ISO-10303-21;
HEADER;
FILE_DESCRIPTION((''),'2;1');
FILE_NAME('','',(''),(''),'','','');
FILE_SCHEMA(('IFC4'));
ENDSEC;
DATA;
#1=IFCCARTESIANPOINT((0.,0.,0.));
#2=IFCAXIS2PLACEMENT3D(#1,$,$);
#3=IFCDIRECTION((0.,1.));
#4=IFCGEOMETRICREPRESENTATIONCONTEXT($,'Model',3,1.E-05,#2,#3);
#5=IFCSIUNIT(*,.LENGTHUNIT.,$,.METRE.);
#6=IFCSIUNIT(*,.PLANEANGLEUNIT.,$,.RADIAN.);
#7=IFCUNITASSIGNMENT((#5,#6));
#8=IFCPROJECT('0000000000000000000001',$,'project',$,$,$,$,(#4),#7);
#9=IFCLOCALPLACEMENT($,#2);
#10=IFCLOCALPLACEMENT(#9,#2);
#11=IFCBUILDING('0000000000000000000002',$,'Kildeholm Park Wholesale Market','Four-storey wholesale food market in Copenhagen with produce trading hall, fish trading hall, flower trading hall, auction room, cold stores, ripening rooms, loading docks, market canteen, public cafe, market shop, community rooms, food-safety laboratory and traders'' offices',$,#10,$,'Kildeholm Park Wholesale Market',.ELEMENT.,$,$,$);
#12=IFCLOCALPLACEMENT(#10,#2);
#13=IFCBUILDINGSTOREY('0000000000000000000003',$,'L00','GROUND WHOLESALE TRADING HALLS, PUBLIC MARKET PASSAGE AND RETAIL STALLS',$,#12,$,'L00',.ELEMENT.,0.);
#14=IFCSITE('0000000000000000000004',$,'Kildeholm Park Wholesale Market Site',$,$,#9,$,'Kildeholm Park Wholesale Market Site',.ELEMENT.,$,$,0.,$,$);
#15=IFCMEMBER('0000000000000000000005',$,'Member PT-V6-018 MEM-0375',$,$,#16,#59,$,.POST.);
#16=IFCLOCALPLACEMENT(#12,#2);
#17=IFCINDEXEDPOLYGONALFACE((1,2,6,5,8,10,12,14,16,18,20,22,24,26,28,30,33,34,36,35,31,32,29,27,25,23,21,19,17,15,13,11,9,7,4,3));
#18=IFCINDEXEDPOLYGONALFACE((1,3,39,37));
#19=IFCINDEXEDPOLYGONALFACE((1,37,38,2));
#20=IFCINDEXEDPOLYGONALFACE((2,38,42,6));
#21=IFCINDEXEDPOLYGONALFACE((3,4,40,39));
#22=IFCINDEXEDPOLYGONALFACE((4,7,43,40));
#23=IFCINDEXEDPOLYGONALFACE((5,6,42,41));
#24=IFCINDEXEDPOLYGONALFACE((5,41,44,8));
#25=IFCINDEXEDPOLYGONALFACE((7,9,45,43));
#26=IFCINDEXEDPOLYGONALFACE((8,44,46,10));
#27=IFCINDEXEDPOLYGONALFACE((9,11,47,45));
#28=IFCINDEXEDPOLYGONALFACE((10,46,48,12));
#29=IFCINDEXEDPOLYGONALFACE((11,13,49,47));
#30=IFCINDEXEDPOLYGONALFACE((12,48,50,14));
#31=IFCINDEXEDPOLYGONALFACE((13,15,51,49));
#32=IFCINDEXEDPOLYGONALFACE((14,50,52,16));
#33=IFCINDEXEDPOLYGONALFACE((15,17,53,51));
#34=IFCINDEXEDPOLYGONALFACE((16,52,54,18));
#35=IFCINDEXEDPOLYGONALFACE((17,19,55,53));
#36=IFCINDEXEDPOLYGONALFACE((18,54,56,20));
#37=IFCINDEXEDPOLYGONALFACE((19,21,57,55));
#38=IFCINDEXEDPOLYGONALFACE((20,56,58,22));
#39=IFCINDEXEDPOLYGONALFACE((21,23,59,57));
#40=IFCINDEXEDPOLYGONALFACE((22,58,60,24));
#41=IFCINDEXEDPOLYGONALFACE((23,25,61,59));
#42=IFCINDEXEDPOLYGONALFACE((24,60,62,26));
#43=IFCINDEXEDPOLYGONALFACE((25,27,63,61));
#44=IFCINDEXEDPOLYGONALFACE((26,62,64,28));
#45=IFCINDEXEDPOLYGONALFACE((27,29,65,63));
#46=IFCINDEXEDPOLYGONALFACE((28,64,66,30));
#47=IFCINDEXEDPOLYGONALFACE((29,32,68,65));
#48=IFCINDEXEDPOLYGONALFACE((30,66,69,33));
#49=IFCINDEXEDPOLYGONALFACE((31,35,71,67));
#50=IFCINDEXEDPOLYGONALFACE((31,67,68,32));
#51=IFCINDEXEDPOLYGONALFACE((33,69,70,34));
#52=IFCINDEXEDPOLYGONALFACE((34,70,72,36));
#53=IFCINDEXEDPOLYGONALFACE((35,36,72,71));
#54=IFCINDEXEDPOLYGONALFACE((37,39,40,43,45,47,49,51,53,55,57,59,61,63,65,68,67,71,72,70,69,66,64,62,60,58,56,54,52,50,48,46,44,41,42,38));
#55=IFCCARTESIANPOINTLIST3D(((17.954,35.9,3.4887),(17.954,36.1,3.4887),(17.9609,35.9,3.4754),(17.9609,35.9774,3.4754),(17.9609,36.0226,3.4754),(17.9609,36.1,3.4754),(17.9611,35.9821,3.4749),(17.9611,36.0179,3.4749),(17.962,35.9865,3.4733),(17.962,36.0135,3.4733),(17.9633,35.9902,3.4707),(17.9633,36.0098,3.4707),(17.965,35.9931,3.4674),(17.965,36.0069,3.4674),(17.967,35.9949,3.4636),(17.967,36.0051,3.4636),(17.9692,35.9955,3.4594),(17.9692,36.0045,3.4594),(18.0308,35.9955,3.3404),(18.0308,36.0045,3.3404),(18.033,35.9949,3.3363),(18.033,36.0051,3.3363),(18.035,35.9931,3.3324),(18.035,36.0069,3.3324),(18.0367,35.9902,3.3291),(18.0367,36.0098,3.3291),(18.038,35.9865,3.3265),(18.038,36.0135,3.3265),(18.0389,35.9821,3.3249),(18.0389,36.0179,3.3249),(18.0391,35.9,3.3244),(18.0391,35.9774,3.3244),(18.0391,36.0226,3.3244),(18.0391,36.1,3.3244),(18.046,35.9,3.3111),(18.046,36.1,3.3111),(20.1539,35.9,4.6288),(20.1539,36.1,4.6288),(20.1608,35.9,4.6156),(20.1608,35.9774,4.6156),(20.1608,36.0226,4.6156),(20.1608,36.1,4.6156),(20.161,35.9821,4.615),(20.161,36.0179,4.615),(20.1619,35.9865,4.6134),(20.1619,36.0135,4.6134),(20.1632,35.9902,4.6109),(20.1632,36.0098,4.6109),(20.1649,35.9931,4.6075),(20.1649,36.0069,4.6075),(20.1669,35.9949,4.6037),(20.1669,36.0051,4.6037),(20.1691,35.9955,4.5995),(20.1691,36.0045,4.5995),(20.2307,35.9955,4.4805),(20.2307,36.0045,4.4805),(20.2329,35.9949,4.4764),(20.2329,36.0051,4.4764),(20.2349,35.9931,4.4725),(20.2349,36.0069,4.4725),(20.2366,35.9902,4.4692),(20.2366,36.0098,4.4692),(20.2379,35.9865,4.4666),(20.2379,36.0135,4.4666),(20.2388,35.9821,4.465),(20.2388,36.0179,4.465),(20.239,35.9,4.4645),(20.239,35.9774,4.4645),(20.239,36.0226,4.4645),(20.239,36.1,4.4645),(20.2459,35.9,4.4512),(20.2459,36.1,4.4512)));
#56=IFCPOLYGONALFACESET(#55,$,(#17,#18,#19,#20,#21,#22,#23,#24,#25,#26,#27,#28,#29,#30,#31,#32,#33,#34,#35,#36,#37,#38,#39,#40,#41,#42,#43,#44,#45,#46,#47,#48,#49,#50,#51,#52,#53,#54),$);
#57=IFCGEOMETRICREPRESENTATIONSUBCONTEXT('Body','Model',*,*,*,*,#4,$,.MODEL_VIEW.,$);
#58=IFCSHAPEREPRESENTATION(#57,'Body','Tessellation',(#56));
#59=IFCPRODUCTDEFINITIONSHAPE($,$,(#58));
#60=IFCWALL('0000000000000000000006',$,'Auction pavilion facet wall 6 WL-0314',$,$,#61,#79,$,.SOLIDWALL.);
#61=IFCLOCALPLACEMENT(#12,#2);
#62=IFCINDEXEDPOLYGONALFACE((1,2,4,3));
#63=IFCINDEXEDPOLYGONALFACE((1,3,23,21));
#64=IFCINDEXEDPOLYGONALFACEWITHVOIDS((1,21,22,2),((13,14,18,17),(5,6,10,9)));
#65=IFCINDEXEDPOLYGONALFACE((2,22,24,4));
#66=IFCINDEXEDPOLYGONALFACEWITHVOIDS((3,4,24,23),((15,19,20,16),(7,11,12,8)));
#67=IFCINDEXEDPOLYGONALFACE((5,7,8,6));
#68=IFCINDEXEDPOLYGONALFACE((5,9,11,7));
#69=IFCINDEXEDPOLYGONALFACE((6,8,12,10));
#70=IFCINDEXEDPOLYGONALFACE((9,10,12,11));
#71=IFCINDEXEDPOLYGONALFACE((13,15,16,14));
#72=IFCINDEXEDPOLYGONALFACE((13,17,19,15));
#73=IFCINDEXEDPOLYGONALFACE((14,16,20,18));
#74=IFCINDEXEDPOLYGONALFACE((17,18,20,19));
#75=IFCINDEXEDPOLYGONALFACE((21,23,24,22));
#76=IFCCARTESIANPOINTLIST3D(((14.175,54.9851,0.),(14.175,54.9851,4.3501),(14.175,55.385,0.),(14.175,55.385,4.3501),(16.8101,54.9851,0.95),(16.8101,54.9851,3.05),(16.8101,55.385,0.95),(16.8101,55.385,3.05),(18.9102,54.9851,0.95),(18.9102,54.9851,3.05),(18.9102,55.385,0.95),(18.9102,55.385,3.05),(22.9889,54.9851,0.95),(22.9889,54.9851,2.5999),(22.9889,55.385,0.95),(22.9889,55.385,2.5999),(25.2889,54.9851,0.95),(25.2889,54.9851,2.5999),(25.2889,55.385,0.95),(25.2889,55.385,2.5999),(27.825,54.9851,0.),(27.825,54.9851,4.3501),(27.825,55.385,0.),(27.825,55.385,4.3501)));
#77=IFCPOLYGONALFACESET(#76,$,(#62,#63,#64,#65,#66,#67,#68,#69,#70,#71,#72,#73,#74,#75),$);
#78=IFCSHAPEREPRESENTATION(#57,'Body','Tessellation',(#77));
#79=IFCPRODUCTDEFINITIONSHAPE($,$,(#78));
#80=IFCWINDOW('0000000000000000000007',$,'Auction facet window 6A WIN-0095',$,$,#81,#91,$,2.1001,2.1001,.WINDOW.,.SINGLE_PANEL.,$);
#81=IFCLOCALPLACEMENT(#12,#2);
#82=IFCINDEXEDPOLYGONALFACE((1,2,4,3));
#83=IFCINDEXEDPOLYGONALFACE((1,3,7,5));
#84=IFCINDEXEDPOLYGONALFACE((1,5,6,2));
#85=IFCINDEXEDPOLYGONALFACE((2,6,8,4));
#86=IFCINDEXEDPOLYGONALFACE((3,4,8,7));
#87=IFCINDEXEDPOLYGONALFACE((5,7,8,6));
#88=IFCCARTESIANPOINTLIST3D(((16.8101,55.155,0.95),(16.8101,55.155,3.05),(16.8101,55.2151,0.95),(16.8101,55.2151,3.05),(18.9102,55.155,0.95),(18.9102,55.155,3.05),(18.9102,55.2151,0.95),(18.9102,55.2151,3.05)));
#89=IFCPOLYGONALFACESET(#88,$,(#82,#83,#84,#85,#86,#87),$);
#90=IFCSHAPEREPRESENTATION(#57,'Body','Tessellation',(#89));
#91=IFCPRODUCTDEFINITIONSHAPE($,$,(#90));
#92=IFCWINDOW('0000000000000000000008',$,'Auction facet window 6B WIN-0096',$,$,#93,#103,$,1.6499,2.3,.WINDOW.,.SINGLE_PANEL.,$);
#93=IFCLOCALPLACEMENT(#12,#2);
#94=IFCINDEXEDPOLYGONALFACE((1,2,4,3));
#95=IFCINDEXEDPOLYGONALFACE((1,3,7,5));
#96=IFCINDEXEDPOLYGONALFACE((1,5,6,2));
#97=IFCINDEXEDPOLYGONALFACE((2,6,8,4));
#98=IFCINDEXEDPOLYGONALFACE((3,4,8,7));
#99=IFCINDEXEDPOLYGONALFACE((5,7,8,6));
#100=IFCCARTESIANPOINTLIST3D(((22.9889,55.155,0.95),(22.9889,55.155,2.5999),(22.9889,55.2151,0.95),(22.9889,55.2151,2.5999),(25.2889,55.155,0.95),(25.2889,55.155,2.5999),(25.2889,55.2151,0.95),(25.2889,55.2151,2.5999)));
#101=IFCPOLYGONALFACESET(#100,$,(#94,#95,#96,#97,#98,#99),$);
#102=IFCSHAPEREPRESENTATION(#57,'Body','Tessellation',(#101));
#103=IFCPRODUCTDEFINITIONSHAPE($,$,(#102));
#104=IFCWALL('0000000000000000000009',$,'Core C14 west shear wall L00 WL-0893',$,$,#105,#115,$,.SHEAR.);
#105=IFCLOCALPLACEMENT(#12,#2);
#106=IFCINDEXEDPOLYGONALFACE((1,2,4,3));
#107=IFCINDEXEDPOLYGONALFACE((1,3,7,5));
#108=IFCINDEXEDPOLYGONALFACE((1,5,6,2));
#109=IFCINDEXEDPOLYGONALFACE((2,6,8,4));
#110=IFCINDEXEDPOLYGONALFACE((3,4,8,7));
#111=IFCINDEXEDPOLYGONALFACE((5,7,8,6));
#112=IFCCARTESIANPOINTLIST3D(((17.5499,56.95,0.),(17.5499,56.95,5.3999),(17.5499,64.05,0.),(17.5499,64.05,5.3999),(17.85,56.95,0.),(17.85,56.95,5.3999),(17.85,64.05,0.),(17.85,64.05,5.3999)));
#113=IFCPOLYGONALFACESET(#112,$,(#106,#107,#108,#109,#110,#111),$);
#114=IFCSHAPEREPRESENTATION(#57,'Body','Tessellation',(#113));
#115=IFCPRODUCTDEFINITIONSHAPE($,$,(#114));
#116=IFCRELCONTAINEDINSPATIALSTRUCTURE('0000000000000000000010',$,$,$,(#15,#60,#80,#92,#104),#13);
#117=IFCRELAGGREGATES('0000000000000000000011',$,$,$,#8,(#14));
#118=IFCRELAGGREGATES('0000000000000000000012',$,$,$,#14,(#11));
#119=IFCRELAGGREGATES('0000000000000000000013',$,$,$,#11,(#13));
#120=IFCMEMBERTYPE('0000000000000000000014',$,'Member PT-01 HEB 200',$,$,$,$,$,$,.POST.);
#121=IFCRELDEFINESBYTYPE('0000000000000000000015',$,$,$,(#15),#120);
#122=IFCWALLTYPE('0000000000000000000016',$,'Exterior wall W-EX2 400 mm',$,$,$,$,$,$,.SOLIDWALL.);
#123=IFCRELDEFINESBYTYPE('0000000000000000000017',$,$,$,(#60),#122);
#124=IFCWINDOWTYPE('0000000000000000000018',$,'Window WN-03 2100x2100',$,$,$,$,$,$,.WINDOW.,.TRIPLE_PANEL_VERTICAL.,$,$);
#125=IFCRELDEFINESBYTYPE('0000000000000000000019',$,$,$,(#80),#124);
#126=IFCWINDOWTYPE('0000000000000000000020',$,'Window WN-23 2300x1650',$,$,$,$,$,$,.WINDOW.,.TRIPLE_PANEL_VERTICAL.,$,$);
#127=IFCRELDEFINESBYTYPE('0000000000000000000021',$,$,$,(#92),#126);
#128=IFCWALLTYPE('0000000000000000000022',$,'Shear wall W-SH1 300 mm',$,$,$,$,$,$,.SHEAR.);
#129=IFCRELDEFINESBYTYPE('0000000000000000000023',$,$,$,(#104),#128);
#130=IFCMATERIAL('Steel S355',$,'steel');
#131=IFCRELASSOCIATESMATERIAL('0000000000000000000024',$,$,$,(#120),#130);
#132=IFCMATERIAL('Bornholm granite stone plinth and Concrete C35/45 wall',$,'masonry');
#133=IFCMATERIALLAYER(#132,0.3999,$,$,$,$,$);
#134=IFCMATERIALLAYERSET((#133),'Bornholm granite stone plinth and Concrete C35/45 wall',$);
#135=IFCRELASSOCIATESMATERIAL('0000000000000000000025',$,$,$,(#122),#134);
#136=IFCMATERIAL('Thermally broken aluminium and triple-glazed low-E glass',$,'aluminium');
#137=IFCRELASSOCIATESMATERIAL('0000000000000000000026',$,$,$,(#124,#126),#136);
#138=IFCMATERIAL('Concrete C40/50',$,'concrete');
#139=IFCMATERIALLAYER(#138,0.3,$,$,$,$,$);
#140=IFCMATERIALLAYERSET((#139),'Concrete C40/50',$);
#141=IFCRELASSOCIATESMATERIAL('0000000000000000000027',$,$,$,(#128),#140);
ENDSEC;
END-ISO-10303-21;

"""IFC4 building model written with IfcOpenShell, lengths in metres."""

from ifc_helpers import new_model, si_unit, direction, frame, frame_2d, origin, origin_2d, place, context, subcontext, project, spatial, rectangle, i_section, extrude, material, layer, layer_set, material_profile, profile_set, type_object, element, fill, save


model = new_model("IFC4")

# Units and contexts
model_context = context("Model", 3, precision=1e-05, world=origin(), true_north=direction((0.0, 1.0)))
body_context = subcontext(model_context, "Body", "Model", "MODEL_VIEW")
ifc_project = project(units=[si_unit("LENGTHUNIT", "METRE"), si_unit("PLANEANGLEUNIT", "RADIAN")], contexts=[model_context])

# Site, building, storey
site_placement = place(None, origin())
site = spatial("IfcSite", under=ifc_project, at=site_placement, Name="Kildeholm Park Wholesale Market Site", LongName="Kildeholm Park Wholesale Market Site", CompositionType="ELEMENT", RefElevation=0.0)
building_placement = place(site_placement, origin())
building = spatial("IfcBuilding", under=site, at=building_placement, Name="Kildeholm Park Wholesale Market", Description="Four-storey wholesale food market in Copenhagen with produce trading hall, fish trading hall, flower trading hall, auction room, cold stores, ripening rooms, loading docks, market canteen, public cafe, market shop, community rooms, food-safety laboratory and traders' offices", LongName="Kildeholm Park Wholesale Market", CompositionType="ELEMENT")
storey_placement = place(building_placement, origin())
storey = spatial("IfcBuildingStorey", under=building, at=storey_placement, Name="L00", Description="GROUND WHOLESALE TRADING HALLS, PUBLIC MARKET PASSAGE AND RETAIL STALLS", LongName="L00", CompositionType="ELEMENT", Elevation=0.0)

# Shared definitions
ifc_material_1 = material(Name="Steel S355", Category="steel")

# Member
ifc_material_profile_1 = material_profile(ifc_material_1, i_section(OverallWidth=0.2, OverallDepth=0.2, WebThickness=0.009, FlangeThickness=0.0149, FilletRadius=0.0181, at=origin_2d()), Name="HEB 200")
ifc_profile_set_1 = profile_set([ifc_material_profile_1], Name="Steel S355")
member_type = type_object("IfcMemberType", Name="Member PT-01 HEB 200", PredefinedType="POST", material=ifc_profile_set_1)
member_placement = place(storey_placement, frame((18.0, 36.0, 3.3999), z_axis=(0.88785, 0.0, 0.460133), x_axis=(0.0, 1.0, 0.0)))
element("IfcMember", 1, at=member_placement, inside=storey, type_object=member_type, Name="Member PT-V6-018 MEM-0375", PredefinedType="POST", context=body_context, shape_type="SweptSolid", body=[
    extrude(i_section(OverallWidth=0.2, OverallDepth=0.2, WebThickness=0.009, FlangeThickness=0.0149, FilletRadius=0.0181, at=origin_2d()), origin(), (0.0, 0.0, 1.0), 2.4778),
])

# Wall, openings, windows
ifc_material_2 = material(Name="Bornholm granite stone plinth and Concrete C35/45 wall", Category="masonry")
ifc_layer_1 = layer(ifc_material_2, 0.3999)
ifc_layer_set_1 = layer_set([ifc_layer_1], Name="Bornholm granite stone plinth and Concrete C35/45 wall")
wall_type_1 = type_object("IfcWallType", Name="Exterior wall W-EX2 400 mm", PredefinedType="SOLIDWALL", material=ifc_layer_set_1)
wall_1_placement = place(storey_placement, frame((14.175, 55.1851, 0.0), z_axis=(0.0, 0.0, 1.0), x_axis=(1.0, 0.0, 0.0)))
wall_1 = element("IfcWall", 2, at=wall_1_placement, inside=storey, type_object=wall_type_1, Name="Auction pavilion facet wall 6 WL-0314", PredefinedType="SOLIDWALL", context=body_context, shape_type="SweptSolid", body=[
    extrude(rectangle(XDim=13.6499, YDim=0.3999, at=frame_2d((6.825, 0.0))), origin(), (0.0, 0.0, 1.0), 4.3501),
])
opening_1_placement = place(wall_1_placement, frame((2.635, 0.0, 0.95)))
opening_1 = element("IfcOpeningElement", 3, at=opening_1_placement, cuts=wall_1, PredefinedType="OPENING", context=body_context, shape_type="SweptSolid", body=[
    extrude(rectangle(XDim=2.1001, YDim=2.1001, at=frame_2d((1.05, 1.05))), frame((0.0, 0.21, 0.0), z_axis=(0.0, -1.0, 0.0), x_axis=(1.0, 0.0, 0.0)), (0.0, 0.0, 1.0), 0.4199),
])
opening_2_placement = place(wall_1_placement, frame((8.814, 0.0, 0.95)))
opening_2 = element("IfcOpeningElement", 4, at=opening_2_placement, cuts=wall_1, PredefinedType="OPENING", context=body_context, shape_type="SweptSolid", body=[
    extrude(rectangle(XDim=2.3, YDim=1.6499, at=frame_2d((1.1499, 0.825))), frame((0.0, 0.21, 0.0), z_axis=(0.0, -1.0, 0.0), x_axis=(1.0, 0.0, 0.0)), (0.0, 0.0, 1.0), 0.4199),
])
ifc_material_3 = material(Name="Thermally broken aluminium and triple-glazed low-E glass", Category="aluminium")
window_type_1 = type_object("IfcWindowType", Name="Window WN-03 2100x2100", PartitioningType="TRIPLE_PANEL_VERTICAL", PredefinedType="WINDOW", material=ifc_material_3)
window_1_placement = place(opening_1_placement, origin())
window_1 = element("IfcWindow", 5, at=window_1_placement, inside=storey, type_object=window_type_1, Name="Auction facet window 6A WIN-0095", OverallHeight=2.1001, OverallWidth=2.1001, PartitioningType="SINGLE_PANEL", PredefinedType="WINDOW", context=body_context, shape_type="SweptSolid", body=[
    extrude(rectangle(XDim=2.1001, YDim=2.1001, at=frame_2d((1.05, 1.05))), frame((0.0, 0.03, 0.0), z_axis=(0.0, -1.0, 0.0), x_axis=(1.0, 0.0, 0.0)), (0.0, 0.0, 1.0), 0.0601),
])
fill(opening_1, window_1)
window_type_2 = type_object("IfcWindowType", Name="Window WN-23 2300x1650", PartitioningType="TRIPLE_PANEL_VERTICAL", PredefinedType="WINDOW", material=ifc_material_3)
window_2_placement = place(opening_2_placement, origin())
window_2 = element("IfcWindow", 6, at=window_2_placement, inside=storey, type_object=window_type_2, Name="Auction facet window 6B WIN-0096", OverallHeight=1.6499, OverallWidth=2.3, PartitioningType="SINGLE_PANEL", PredefinedType="WINDOW", context=body_context, shape_type="SweptSolid", body=[
    extrude(rectangle(XDim=2.3, YDim=1.6499, at=frame_2d((1.1499, 0.825))), frame((0.0, 0.03, 0.0), z_axis=(0.0, -1.0, 0.0), x_axis=(1.0, 0.0, 0.0)), (0.0, 0.0, 1.0), 0.0601),
])
fill(opening_2, window_2)

# Shared definitions
ifc_material_4 = material(Name="Concrete C40/50", Category="concrete")
ifc_layer_2 = layer(ifc_material_4, 0.3)
ifc_layer_set_2 = layer_set([ifc_layer_2], Name="Concrete C40/50")
wall_type_2 = type_object("IfcWallType", Name="Shear wall W-SH1 300 mm", PredefinedType="SHEAR", material=ifc_layer_set_2)

# Wall
wall_2_placement = place(storey_placement, frame((17.7, 56.95, 0.0), z_axis=(0.0, 0.0, 1.0), x_axis=(0.0, 1.0, 0.0)))
element("IfcWall", 7, at=wall_2_placement, inside=storey, type_object=wall_type_2, Name="Core C14 west shear wall L00 WL-0893", PredefinedType="SHEAR", context=body_context, shape_type="SweptSolid", body=[
    extrude(rectangle(XDim=7.1001, YDim=0.3, at=frame_2d((3.55, 0.0))), origin(), (0.0, 0.0, 1.0), 5.3999),
])

save(model, "model.ifc")
